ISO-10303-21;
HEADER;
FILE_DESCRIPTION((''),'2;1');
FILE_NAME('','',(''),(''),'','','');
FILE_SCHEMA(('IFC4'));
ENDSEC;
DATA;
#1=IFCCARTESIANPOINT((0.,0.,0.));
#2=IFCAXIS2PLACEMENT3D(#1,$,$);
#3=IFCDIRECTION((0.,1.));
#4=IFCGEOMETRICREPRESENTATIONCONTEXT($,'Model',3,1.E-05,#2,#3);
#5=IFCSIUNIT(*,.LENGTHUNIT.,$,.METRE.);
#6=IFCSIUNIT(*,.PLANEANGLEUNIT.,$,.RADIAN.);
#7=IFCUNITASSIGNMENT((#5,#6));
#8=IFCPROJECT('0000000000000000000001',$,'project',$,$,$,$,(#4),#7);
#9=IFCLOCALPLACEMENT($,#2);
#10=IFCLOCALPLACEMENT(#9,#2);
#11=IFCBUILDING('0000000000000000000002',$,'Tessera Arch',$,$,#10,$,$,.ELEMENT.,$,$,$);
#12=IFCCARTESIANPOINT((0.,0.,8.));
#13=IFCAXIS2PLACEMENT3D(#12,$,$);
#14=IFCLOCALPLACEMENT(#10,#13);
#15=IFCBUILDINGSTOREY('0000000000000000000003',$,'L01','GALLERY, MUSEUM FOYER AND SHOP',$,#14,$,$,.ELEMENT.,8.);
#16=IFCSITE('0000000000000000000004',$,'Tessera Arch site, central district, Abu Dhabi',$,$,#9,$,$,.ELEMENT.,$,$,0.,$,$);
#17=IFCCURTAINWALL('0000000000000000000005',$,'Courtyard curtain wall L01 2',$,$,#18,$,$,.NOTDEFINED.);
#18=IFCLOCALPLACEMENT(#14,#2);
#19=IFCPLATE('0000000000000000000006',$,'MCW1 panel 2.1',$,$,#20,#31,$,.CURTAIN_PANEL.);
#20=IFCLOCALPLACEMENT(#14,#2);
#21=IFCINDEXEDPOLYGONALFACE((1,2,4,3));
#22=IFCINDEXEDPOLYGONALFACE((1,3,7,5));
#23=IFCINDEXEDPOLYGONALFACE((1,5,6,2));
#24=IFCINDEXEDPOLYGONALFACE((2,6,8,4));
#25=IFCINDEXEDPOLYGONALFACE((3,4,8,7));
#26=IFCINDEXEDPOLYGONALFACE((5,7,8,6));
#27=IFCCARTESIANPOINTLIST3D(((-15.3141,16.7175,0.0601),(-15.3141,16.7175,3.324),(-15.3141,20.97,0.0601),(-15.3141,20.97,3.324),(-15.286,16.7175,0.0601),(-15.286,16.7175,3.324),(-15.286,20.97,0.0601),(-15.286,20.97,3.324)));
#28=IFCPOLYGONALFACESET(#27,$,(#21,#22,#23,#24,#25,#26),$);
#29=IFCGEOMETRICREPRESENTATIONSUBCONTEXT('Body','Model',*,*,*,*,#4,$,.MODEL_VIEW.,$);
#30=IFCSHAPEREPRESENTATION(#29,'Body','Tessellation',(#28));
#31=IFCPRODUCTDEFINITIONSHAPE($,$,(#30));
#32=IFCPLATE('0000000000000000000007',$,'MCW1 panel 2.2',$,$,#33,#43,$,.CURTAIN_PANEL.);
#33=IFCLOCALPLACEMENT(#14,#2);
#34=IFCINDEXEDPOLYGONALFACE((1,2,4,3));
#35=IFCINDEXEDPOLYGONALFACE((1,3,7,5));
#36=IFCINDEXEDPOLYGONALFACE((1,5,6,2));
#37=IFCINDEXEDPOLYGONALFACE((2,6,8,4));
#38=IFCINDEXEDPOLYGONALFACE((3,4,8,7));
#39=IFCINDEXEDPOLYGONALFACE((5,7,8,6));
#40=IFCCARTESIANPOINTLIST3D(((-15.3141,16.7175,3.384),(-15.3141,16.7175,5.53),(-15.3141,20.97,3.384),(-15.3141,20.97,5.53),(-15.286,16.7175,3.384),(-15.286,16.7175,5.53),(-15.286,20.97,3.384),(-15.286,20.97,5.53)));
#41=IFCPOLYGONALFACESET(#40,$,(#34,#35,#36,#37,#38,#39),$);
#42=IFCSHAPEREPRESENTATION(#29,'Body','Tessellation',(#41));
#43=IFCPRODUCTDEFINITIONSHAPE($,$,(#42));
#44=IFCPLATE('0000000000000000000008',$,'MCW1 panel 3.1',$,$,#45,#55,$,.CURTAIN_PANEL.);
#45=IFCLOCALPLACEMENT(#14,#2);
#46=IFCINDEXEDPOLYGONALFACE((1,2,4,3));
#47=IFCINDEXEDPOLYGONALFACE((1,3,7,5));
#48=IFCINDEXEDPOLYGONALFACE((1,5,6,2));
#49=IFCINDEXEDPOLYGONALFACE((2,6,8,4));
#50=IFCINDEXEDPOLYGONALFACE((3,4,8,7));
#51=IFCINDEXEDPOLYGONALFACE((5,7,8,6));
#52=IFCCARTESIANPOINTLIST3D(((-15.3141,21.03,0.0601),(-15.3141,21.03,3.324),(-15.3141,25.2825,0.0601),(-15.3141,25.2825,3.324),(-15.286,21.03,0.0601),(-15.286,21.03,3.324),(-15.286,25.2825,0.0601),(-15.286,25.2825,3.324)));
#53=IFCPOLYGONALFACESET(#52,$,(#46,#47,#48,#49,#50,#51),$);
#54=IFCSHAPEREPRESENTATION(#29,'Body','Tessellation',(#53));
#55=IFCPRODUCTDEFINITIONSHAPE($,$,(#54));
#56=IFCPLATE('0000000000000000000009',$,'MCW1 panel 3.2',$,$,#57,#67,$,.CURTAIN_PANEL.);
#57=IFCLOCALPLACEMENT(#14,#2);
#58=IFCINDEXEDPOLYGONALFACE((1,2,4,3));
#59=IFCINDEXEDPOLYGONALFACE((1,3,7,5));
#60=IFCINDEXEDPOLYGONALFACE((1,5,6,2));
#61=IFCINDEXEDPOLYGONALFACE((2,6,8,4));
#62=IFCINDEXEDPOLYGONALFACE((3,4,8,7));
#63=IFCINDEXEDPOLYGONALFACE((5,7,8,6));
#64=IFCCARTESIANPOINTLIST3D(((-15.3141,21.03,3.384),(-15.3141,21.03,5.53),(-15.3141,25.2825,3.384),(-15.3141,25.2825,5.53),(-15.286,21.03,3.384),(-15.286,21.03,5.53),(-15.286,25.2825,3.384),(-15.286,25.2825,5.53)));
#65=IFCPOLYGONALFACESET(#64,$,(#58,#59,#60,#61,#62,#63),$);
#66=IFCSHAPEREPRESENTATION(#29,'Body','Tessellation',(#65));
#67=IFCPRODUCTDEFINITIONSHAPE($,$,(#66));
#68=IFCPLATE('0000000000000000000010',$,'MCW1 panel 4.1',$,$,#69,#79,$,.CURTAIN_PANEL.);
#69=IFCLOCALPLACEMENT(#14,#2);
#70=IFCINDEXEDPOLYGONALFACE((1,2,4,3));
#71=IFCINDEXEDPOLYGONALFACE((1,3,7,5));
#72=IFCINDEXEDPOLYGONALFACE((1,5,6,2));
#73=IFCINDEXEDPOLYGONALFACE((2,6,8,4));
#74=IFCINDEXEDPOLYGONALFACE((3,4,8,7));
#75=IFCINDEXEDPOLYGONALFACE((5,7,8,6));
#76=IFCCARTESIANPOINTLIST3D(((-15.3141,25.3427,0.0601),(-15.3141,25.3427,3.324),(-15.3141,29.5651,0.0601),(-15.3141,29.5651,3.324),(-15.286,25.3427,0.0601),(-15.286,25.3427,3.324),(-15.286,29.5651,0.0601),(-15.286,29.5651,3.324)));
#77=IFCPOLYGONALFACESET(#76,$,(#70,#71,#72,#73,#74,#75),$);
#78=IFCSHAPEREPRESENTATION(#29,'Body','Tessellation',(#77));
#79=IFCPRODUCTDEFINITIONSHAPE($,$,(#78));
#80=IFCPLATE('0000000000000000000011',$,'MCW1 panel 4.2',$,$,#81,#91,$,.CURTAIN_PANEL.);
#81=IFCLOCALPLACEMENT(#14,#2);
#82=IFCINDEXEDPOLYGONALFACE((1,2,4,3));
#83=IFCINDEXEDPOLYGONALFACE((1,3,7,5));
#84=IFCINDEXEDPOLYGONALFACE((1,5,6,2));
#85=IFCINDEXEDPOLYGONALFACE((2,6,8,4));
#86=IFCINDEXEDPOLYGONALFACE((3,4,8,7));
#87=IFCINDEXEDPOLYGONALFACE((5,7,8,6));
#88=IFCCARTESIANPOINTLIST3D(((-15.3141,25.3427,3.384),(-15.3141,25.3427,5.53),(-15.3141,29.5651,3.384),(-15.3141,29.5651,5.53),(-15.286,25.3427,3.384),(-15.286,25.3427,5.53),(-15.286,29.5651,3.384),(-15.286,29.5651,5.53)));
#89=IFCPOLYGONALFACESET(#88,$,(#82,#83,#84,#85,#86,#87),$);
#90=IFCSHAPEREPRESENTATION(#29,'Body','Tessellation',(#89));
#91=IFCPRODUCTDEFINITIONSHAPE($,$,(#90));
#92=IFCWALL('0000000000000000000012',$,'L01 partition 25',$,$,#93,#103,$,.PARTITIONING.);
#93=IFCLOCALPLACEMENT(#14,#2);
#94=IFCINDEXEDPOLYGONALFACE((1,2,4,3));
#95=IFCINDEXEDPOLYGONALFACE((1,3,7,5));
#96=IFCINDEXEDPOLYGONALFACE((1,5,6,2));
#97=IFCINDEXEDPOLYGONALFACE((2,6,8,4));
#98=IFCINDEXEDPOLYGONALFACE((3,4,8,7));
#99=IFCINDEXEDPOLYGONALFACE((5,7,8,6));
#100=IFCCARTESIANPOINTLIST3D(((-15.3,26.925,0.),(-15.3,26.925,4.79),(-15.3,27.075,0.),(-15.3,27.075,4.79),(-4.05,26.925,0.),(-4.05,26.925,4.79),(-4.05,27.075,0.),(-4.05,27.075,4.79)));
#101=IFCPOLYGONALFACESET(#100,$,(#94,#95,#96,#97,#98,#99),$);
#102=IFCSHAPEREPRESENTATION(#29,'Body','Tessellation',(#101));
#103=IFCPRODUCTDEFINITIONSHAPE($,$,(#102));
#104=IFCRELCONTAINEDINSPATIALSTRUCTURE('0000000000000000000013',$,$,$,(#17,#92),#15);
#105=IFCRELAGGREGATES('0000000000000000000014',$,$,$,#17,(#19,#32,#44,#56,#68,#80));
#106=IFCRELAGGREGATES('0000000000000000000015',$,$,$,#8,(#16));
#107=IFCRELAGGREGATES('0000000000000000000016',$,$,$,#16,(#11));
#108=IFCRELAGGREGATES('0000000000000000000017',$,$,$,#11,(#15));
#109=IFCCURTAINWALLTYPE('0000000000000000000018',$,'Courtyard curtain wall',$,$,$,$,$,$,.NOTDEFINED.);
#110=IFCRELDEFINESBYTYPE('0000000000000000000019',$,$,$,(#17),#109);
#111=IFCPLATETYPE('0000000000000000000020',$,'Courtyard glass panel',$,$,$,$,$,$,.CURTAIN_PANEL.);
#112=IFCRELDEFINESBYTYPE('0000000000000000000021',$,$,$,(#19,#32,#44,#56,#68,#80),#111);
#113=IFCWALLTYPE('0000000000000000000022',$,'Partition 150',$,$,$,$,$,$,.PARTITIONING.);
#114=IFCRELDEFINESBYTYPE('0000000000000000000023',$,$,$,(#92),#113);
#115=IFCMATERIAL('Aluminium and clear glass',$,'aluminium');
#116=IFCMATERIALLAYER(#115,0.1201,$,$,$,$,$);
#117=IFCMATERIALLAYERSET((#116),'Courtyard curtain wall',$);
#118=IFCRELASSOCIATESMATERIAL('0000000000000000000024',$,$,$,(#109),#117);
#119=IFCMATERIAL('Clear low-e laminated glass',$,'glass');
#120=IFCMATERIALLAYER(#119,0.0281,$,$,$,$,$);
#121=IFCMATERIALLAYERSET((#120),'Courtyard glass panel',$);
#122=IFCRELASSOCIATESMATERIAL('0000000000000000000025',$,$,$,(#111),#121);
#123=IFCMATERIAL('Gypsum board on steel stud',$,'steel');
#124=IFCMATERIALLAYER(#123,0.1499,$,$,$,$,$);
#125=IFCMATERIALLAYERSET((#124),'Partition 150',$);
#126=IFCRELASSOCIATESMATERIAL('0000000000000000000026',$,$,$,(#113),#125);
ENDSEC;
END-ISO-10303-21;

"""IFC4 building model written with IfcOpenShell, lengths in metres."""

from ifc_helpers import new_model, si_unit, direction, frame, frame_2d, origin, origin_2d, place, context, subcontext, project, spatial, rectangle, extrude, material, layer, layer_set, type_object, element, aggregate, save


model = new_model("IFC4")

# Units and contexts
model_context = context("Model", 3, precision=1e-05, world=origin(), true_north=direction((0.0, 1.0)))
body_context = subcontext(model_context, "Body", "Model", "MODEL_VIEW")
ifc_project = project(units=[si_unit("LENGTHUNIT", "METRE"), si_unit("PLANEANGLEUNIT", "RADIAN")], contexts=[model_context])

# Site, building, storey
site_placement = place(None, origin())
site = spatial("IfcSite", under=ifc_project, at=site_placement, Name="Tessera Arch site, central district, Abu Dhabi", CompositionType="ELEMENT", RefElevation=0.0)
building_placement = place(site_placement, origin())
building = spatial("IfcBuilding", under=site, at=building_placement, Name="Tessera Arch", CompositionType="ELEMENT")
storey_placement = place(building_placement, frame((0.0, 0.0, 8.0)))
storey = spatial("IfcBuildingStorey", under=building, at=storey_placement, Name="L01", Description="GALLERY, MUSEUM FOYER AND SHOP", CompositionType="ELEMENT", Elevation=8.0)

# Curtain wall
ifc_material_1 = material(Name="Aluminium and clear glass", Category="aluminium")
ifc_layer_1 = layer(ifc_material_1, 0.1201)
ifc_layer_set_1 = layer_set([ifc_layer_1], Name="Courtyard curtain wall")
curtain_wall_type = type_object("IfcCurtainWallType", Name="Courtyard curtain wall", PredefinedType="NOTDEFINED", material=ifc_layer_set_1)
curtain_wall_placement = place(storey_placement, origin())
curtain_wall = element("IfcCurtainWall", 1, at=curtain_wall_placement, inside=storey, type_object=curtain_wall_type, Name="Courtyard curtain wall L01 2", PredefinedType="NOTDEFINED")

# Plates
ifc_material_2 = material(Name="Clear low-e laminated glass", Category="glass")
ifc_layer_2 = layer(ifc_material_2, 0.0281)
ifc_layer_set_2 = layer_set([ifc_layer_2], Name="Courtyard glass panel")
plate_type = type_object("IfcPlateType", Name="Courtyard glass panel", PredefinedType="CURTAIN_PANEL", material=ifc_layer_set_2)
plate_1_placement = place(storey_placement, frame((-15.3, 18.8438, 0.0601), z_axis=(0.0, 0.0, 1.0), x_axis=(0.0, 1.0, 0.0)))
plate_1 = element("IfcPlate", 2, at=plate_1_placement, type_object=plate_type, Name="MCW1 panel 2.1", PredefinedType="CURTAIN_PANEL", context=body_context, shape_type="SweptSolid", body=[
    extrude(rectangle(XDim=4.2524, YDim=0.0281, at=origin_2d()), origin(), (0.0, 0.0, 1.0), 3.2639),
])
plate_2_placement = place(storey_placement, frame((-15.3, 18.8438, 3.384), z_axis=(0.0, 0.0, 1.0), x_axis=(0.0, 1.0, 0.0)))
plate_2 = element("IfcPlate", 3, at=plate_2_placement, type_object=plate_type, Name="MCW1 panel 2.2", PredefinedType="CURTAIN_PANEL", context=body_context, shape_type="SweptSolid", body=[
    extrude(rectangle(XDim=4.2524, YDim=0.0281, at=origin_2d()), origin(), (0.0, 0.0, 1.0), 2.146),
])
plate_3_placement = place(storey_placement, frame((-15.3, 23.1562, 0.0601), z_axis=(0.0, 0.0, 1.0), x_axis=(0.0, 1.0, 0.0)))
plate_3 = element("IfcPlate", 4, at=plate_3_placement, type_object=plate_type, Name="MCW1 panel 3.1", PredefinedType="CURTAIN_PANEL", context=body_context, shape_type="SweptSolid", body=[
    extrude(rectangle(XDim=4.2524, YDim=0.0281, at=origin_2d()), origin(), (0.0, 0.0, 1.0), 3.2639),
])
plate_4_placement = place(storey_placement, frame((-15.3, 23.1562, 3.384), z_axis=(0.0, 0.0, 1.0), x_axis=(0.0, 1.0, 0.0)))
plate_4 = element("IfcPlate", 5, at=plate_4_placement, type_object=plate_type, Name="MCW1 panel 3.2", PredefinedType="CURTAIN_PANEL", context=body_context, shape_type="SweptSolid", body=[
    extrude(rectangle(XDim=4.2524, YDim=0.0281, at=origin_2d()), origin(), (0.0, 0.0, 1.0), 2.146),
])
plate_5_placement = place(storey_placement, frame((-15.3, 27.4539, 0.0601), z_axis=(0.0, 0.0, 1.0), x_axis=(0.0, 1.0, 0.0)))
plate_5 = element("IfcPlate", 6, at=plate_5_placement, type_object=plate_type, Name="MCW1 panel 4.1", PredefinedType="CURTAIN_PANEL", context=body_context, shape_type="SweptSolid", body=[
    extrude(rectangle(XDim=4.2224, YDim=0.0281, at=origin_2d()), origin(), (0.0, 0.0, 1.0), 3.2639),
])
plate_6_placement = place(storey_placement, frame((-15.3, 27.4539, 3.384), z_axis=(0.0, 0.0, 1.0), x_axis=(0.0, 1.0, 0.0)))
plate_6 = element("IfcPlate", 7, at=plate_6_placement, type_object=plate_type, Name="MCW1 panel 4.2", PredefinedType="CURTAIN_PANEL", context=body_context, shape_type="SweptSolid", body=[
    extrude(rectangle(XDim=4.2224, YDim=0.0281, at=origin_2d()), origin(), (0.0, 0.0, 1.0), 2.146),
])
aggregate(curtain_wall, [plate_1, plate_2, plate_3, plate_4, plate_5, plate_6])

# Wall
ifc_material_3 = material(Name="Gypsum board on steel stud", Category="steel")
ifc_layer_3 = layer(ifc_material_3, 0.1499)
ifc_layer_set_3 = layer_set([ifc_layer_3], Name="Partition 150")
wall_type = type_object("IfcWallType", Name="Partition 150", PredefinedType="PARTITIONING", material=ifc_layer_set_3)
wall_placement = place(storey_placement, frame((-15.3, 27.0, 0.0), z_axis=(0.0, 0.0, 1.0), x_axis=(1.0, 0.0, 0.0)))
element("IfcWall", 8, at=wall_placement, inside=storey, type_object=wall_type, Name="L01 partition 25", PredefinedType="PARTITIONING", context=body_context, shape_type="SweptSolid", body=[
    extrude(rectangle(XDim=11.25, YDim=0.1499, at=frame_2d((5.625, 0.0))), origin(), (0.0, 0.0, 1.0), 4.79),
])

save(model, "model.ifc")
